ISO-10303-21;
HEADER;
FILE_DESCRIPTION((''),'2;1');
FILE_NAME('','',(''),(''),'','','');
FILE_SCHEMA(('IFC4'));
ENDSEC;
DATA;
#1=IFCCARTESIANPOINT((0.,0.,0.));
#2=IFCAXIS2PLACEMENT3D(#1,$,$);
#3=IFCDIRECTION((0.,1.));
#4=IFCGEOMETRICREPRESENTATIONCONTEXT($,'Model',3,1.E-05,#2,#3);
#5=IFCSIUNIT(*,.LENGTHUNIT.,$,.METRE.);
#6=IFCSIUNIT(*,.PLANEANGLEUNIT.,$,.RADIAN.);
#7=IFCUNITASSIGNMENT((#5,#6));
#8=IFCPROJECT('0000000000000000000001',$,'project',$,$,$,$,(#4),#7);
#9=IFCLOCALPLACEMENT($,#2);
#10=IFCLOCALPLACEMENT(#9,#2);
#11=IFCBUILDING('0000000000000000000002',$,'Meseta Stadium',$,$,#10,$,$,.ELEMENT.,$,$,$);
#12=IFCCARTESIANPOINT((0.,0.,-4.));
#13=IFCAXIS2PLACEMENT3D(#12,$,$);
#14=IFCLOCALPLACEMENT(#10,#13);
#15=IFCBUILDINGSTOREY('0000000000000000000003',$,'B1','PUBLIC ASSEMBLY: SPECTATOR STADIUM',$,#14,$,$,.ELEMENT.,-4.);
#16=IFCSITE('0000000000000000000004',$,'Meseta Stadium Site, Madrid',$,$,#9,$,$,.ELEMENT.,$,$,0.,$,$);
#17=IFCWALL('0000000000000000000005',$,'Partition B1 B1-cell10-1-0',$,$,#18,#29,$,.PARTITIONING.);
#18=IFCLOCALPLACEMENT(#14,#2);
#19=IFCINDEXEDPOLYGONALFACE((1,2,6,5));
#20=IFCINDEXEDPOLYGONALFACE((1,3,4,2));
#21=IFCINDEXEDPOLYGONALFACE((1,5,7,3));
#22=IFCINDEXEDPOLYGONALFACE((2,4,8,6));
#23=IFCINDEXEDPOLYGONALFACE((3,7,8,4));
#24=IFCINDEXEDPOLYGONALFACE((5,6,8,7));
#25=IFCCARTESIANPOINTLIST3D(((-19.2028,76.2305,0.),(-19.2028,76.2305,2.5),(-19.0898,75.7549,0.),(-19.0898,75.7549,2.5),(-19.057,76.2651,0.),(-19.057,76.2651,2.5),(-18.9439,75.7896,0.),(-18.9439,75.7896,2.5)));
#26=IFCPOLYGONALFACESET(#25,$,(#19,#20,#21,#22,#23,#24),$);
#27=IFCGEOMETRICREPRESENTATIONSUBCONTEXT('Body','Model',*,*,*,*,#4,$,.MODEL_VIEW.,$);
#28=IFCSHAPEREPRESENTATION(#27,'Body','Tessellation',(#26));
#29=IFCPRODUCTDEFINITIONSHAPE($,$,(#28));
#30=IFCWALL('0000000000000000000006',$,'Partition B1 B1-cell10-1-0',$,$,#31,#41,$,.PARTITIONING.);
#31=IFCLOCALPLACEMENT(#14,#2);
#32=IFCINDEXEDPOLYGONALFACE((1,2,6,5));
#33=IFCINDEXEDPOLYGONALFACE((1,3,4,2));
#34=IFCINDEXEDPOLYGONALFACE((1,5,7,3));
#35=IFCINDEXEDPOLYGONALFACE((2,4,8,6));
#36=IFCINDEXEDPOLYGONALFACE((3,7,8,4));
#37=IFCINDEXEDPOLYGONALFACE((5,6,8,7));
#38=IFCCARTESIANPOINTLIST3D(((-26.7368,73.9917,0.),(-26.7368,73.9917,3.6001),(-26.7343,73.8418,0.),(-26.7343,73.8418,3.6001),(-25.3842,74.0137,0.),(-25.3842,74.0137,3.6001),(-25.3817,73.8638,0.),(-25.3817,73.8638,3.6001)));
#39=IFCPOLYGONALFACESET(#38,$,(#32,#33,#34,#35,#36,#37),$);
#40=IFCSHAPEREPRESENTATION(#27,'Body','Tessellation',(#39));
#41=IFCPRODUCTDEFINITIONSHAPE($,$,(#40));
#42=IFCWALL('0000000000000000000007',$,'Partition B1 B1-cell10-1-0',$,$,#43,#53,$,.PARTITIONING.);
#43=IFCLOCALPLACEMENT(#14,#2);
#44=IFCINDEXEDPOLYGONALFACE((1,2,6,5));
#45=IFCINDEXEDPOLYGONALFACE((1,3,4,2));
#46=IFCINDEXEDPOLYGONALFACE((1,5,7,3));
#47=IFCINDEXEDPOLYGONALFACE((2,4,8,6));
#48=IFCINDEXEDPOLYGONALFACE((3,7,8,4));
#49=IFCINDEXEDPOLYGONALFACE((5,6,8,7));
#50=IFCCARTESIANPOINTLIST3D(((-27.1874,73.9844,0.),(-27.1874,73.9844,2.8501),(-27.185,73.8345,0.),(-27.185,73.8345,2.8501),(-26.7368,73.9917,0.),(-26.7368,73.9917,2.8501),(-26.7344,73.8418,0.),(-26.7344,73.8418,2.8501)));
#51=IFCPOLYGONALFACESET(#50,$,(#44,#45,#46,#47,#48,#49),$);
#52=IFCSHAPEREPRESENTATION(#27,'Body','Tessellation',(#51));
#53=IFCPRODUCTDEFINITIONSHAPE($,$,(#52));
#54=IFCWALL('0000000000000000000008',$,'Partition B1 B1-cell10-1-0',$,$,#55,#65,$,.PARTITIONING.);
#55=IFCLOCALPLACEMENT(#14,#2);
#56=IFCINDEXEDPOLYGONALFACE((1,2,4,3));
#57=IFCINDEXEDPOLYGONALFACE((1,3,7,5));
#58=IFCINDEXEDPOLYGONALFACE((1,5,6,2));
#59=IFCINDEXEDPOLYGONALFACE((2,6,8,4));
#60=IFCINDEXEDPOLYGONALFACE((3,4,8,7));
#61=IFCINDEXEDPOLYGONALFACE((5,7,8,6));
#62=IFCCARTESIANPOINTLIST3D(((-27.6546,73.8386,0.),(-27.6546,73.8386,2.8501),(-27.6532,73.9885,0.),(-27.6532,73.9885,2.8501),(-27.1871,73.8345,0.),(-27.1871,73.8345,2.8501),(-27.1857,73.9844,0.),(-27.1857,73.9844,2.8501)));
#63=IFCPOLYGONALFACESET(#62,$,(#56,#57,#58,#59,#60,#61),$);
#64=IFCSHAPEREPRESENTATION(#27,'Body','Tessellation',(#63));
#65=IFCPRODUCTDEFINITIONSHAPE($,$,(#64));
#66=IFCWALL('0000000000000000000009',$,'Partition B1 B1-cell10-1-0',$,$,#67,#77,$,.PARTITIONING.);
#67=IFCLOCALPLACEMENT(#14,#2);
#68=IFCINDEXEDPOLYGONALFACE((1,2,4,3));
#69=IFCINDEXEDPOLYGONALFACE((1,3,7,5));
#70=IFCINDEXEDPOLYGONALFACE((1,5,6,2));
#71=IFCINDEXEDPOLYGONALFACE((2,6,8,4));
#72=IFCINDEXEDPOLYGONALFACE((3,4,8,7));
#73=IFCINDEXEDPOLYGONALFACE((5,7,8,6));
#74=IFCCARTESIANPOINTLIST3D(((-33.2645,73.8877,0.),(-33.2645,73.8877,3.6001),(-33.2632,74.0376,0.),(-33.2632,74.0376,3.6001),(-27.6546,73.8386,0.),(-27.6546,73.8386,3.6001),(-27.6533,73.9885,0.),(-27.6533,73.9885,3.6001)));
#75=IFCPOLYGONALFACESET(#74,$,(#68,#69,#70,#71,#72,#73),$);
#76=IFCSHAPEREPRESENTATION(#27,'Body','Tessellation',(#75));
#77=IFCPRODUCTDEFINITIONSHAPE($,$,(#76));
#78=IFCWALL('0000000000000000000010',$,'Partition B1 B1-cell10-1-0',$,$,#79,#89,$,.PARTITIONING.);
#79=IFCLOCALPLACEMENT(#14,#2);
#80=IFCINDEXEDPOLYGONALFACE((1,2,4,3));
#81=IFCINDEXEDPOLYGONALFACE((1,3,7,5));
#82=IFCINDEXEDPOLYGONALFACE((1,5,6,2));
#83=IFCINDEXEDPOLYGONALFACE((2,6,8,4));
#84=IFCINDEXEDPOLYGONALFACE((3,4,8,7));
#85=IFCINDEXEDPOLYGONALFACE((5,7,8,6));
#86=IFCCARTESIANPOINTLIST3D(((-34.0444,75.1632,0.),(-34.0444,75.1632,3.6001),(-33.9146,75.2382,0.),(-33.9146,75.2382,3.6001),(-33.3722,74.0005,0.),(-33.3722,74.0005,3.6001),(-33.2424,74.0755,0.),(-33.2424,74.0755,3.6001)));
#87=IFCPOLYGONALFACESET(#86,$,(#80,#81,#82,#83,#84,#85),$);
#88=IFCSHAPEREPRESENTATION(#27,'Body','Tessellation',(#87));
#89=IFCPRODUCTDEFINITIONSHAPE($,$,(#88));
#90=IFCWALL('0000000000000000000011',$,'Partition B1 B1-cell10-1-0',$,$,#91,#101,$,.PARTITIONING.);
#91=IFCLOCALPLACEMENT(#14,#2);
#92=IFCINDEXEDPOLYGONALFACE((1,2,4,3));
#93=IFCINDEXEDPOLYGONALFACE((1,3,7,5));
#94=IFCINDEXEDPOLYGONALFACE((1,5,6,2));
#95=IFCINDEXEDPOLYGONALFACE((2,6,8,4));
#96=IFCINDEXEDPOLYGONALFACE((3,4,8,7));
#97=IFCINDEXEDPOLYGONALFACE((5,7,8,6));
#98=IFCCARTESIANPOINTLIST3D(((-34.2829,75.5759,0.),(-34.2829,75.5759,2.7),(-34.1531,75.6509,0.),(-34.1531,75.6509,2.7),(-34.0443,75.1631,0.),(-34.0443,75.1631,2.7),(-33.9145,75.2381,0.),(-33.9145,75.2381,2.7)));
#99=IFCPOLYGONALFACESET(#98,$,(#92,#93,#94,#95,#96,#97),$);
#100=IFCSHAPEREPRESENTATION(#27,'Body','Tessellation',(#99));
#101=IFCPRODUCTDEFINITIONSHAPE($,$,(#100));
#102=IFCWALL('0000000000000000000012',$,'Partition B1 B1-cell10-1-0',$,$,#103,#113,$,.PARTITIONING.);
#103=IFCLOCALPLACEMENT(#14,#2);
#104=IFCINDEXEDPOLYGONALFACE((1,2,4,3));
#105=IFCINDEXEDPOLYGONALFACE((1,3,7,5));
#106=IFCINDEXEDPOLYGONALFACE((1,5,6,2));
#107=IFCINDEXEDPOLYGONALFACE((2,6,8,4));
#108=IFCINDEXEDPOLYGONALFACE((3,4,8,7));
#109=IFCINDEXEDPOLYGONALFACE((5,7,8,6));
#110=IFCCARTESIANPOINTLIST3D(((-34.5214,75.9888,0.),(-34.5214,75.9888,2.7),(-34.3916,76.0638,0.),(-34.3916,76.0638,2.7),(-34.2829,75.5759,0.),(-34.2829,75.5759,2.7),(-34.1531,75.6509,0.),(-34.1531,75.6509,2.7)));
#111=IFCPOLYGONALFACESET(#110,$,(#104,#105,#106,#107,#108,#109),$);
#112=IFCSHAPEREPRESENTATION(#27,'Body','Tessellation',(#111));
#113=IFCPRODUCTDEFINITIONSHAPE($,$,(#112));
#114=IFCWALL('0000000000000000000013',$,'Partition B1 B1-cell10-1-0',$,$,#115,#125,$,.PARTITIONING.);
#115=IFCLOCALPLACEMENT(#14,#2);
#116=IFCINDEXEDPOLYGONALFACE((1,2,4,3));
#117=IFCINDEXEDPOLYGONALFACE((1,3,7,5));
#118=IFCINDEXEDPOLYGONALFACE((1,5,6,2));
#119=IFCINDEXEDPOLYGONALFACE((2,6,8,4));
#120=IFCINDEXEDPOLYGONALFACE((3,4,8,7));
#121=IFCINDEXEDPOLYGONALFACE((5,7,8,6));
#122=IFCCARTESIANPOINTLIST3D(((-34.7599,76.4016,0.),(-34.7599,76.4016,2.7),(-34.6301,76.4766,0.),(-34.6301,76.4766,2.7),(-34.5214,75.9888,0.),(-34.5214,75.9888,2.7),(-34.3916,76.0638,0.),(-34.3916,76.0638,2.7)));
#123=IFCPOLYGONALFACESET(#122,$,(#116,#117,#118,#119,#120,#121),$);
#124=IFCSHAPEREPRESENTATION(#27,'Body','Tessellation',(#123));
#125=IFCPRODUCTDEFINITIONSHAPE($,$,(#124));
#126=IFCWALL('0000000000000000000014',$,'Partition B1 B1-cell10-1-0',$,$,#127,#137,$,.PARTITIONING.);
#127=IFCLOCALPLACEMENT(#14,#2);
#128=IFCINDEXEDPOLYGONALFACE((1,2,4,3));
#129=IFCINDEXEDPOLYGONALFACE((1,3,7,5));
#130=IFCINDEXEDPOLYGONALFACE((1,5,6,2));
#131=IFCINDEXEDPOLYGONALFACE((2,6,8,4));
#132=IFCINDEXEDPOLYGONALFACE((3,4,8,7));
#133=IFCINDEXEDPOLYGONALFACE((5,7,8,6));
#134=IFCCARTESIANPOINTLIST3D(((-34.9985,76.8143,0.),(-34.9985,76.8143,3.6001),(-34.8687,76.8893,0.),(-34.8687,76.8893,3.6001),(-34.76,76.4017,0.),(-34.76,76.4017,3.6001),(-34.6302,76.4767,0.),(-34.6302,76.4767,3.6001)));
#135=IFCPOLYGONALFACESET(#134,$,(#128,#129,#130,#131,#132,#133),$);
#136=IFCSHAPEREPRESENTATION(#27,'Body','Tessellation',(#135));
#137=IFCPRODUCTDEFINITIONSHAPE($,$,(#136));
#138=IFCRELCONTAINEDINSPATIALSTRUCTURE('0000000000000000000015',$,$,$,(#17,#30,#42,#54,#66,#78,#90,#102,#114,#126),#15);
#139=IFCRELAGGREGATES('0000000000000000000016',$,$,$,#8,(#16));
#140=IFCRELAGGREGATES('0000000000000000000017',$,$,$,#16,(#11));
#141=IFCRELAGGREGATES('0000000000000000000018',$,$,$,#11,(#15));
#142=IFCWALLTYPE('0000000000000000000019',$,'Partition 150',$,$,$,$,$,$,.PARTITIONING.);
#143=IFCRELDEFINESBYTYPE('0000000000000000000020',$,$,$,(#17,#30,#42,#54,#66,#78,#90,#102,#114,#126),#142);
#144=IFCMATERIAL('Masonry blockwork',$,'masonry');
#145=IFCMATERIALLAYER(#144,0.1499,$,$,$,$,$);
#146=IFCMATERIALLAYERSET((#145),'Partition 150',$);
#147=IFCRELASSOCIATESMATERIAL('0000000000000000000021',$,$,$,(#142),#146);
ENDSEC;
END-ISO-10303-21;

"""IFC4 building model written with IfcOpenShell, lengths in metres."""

from ifc_helpers import new_model, si_unit, direction, frame, frame_2d, origin, place, context, subcontext, project, spatial, rectangle, extrude, material, layer, layer_set, type_object, element, save


model = new_model("IFC4")

# Units and contexts
model_context = context("Model", 3, precision=1e-05, world=origin(), true_north=direction((0.0, 1.0)))
body_context = subcontext(model_context, "Body", "Model", "MODEL_VIEW")
ifc_project = project(units=[si_unit("LENGTHUNIT", "METRE"), si_unit("PLANEANGLEUNIT", "RADIAN")], contexts=[model_context])

# Site, building, storey
site_placement = place(None, origin())
site = spatial("IfcSite", under=ifc_project, at=site_placement, Name="Meseta Stadium Site, Madrid", CompositionType="ELEMENT", RefElevation=0.0)
building_placement = place(site_placement, origin())
building = spatial("IfcBuilding", under=site, at=building_placement, Name="Meseta Stadium", CompositionType="ELEMENT")
storey_placement = place(building_placement, frame((0.0, 0.0, -4.0)))
storey = spatial("IfcBuildingStorey", under=building, at=storey_placement, Name="B1", Description="PUBLIC ASSEMBLY: SPECTATOR STADIUM", CompositionType="ELEMENT", Elevation=-4.0)

# Walls
ifc_material_1 = material(Name="Masonry blockwork", Category="masonry")
ifc_layer = layer(ifc_material_1, 0.1499)
ifc_layer_set = layer_set([ifc_layer], Name="Partition 150")
wall_type = type_object("IfcWallType", Name="Partition 150", PredefinedType="PARTITIONING", material=ifc_layer_set)
wall_1_placement = place(storey_placement, frame((-19.1299, 76.2478, 0.0), z_axis=(0.0, 0.0, 1.0), x_axis=(0.231238, -0.972897, 0.0)))
element("IfcWall", 1, at=wall_1_placement, inside=storey, type_object=wall_type, Name="Partition B1 B1-cell10-1-0", PredefinedType="PARTITIONING", context=body_context, shape_type="SweptSolid", body=[
    extrude(rectangle(XDim=0.4888, YDim=0.1499, at=frame_2d((0.2444, 0.0))), origin(), (0.0, 0.0, 1.0), 2.5),
])
wall_2_placement = place(storey_placement, frame((-25.3831, 73.9387, 0.0), z_axis=(0.0, 0.0, 1.0), x_axis=(-0.999868, -0.016243, 0.0)))
element("IfcWall", 2, at=wall_2_placement, inside=storey, type_object=wall_type, Name="Partition B1 B1-cell10-1-0", PredefinedType="PARTITIONING", context=body_context, shape_type="SweptSolid", body=[
    extrude(rectangle(XDim=1.3528, YDim=0.1499, at=frame_2d((0.6763, 0.0))), origin(), (0.0, 0.0, 1.0), 3.6001),
])
wall_3_placement = place(storey_placement, frame((-26.7356, 73.9167, 0.0), z_axis=(0.0, 0.0, 1.0), x_axis=(-0.999868, -0.016249, 0.0)))
element("IfcWall", 3, at=wall_3_placement, inside=storey, type_object=wall_type, Name="Partition B1 B1-cell10-1-0", PredefinedType="PARTITIONING", context=body_context, shape_type="SweptSolid", body=[
    extrude(rectangle(XDim=0.4507, YDim=0.1499, at=frame_2d((0.2253, 0.0))), origin(), (0.0, 0.0, 1.0), 2.8501),
])
wall_4_placement = place(storey_placement, frame((-27.1863, 73.9094, 0.0), z_axis=(0.0, 0.0, 1.0), x_axis=(-0.999961, 0.008877, 0.0)))
element("IfcWall", 4, at=wall_4_placement, inside=storey, type_object=wall_type, Name="Partition B1 B1-cell10-1-0", PredefinedType="PARTITIONING", context=body_context, shape_type="SweptSolid", body=[
    extrude(rectangle(XDim=0.4675, YDim=0.1499, at=frame_2d((0.2339, 0.0))), origin(), (0.0, 0.0, 1.0), 2.8501),
])
wall_5_placement = place(storey_placement, frame((-27.6538, 73.9136, 0.0), z_axis=(0.0, 0.0, 1.0), x_axis=(-0.999962, 0.008747, 0.0)))
element("IfcWall", 5, at=wall_5_placement, inside=storey, type_object=wall_type, Name="Partition B1 B1-cell10-1-0", PredefinedType="PARTITIONING", context=body_context, shape_type="SweptSolid", body=[
    extrude(rectangle(XDim=5.6101, YDim=0.1499, at=frame_2d((2.8052, 0.0))), origin(), (0.0, 0.0, 1.0), 3.6001),
])
wall_6_placement = place(storey_placement, frame((-33.3074, 74.0381, 0.0), z_axis=(0.0, 0.0, 1.0), x_axis=(-0.500499, 0.865737, 0.0)))
element("IfcWall", 6, at=wall_6_placement, inside=storey, type_object=wall_type, Name="Partition B1 B1-cell10-1-0", PredefinedType="PARTITIONING", context=body_context, shape_type="SweptSolid", body=[
    extrude(rectangle(XDim=1.343, YDim=0.1499, at=frame_2d((0.6714, 0.0))), origin(), (0.0, 0.0, 1.0), 3.6001),
])
for number, where, z_axis, x_axis, name in (
    (7, (-33.9795, 75.2007, 0.0), (0.0, 0.0, 1.0), (-0.500269, 0.86587, 0.0), "Partition B1 B1-cell10-1-0"),
    (8, (-34.218, 75.6135, 0.0), (0.0, 0.0, 1.0), (-0.500269, 0.86587, 0.0), "Partition B1 B1-cell10-1-0"),
    (9, (-34.4565, 76.0264, 0.0), (0.0, 0.0, 1.0), (-0.500269, 0.86587, 0.0), "Partition B1 B1-cell10-1-0"),
):
    element("IfcWall", number, at=place(storey_placement, frame(where, z_axis=z_axis, x_axis=x_axis)), inside=storey, type_object=wall_type, Name=name, PredefinedType="PARTITIONING", context=body_context, shape_type="SweptSolid", body=[
        extrude(rectangle(XDim=0.4768, YDim=0.1499, at=frame_2d((0.2383, 0.0))), origin(), (0.0, 0.0, 1.0), 2.7),
    ])
wall_7_placement = place(storey_placement, frame((-34.6951, 76.4392, 0.0), z_axis=(0.0, 0.0, 1.0), x_axis=(-0.500491, 0.865742, 0.0)))
element("IfcWall", 10, at=wall_7_placement, inside=storey, type_object=wall_type, Name="Partition B1 B1-cell10-1-0", PredefinedType="PARTITIONING", context=body_context, shape_type="SweptSolid", body=[
    extrude(rectangle(XDim=0.4766, YDim=0.1499, at=frame_2d((0.2383, 0.0))), origin(), (0.0, 0.0, 1.0), 3.6001),
])

save(model, "model.ifc")
